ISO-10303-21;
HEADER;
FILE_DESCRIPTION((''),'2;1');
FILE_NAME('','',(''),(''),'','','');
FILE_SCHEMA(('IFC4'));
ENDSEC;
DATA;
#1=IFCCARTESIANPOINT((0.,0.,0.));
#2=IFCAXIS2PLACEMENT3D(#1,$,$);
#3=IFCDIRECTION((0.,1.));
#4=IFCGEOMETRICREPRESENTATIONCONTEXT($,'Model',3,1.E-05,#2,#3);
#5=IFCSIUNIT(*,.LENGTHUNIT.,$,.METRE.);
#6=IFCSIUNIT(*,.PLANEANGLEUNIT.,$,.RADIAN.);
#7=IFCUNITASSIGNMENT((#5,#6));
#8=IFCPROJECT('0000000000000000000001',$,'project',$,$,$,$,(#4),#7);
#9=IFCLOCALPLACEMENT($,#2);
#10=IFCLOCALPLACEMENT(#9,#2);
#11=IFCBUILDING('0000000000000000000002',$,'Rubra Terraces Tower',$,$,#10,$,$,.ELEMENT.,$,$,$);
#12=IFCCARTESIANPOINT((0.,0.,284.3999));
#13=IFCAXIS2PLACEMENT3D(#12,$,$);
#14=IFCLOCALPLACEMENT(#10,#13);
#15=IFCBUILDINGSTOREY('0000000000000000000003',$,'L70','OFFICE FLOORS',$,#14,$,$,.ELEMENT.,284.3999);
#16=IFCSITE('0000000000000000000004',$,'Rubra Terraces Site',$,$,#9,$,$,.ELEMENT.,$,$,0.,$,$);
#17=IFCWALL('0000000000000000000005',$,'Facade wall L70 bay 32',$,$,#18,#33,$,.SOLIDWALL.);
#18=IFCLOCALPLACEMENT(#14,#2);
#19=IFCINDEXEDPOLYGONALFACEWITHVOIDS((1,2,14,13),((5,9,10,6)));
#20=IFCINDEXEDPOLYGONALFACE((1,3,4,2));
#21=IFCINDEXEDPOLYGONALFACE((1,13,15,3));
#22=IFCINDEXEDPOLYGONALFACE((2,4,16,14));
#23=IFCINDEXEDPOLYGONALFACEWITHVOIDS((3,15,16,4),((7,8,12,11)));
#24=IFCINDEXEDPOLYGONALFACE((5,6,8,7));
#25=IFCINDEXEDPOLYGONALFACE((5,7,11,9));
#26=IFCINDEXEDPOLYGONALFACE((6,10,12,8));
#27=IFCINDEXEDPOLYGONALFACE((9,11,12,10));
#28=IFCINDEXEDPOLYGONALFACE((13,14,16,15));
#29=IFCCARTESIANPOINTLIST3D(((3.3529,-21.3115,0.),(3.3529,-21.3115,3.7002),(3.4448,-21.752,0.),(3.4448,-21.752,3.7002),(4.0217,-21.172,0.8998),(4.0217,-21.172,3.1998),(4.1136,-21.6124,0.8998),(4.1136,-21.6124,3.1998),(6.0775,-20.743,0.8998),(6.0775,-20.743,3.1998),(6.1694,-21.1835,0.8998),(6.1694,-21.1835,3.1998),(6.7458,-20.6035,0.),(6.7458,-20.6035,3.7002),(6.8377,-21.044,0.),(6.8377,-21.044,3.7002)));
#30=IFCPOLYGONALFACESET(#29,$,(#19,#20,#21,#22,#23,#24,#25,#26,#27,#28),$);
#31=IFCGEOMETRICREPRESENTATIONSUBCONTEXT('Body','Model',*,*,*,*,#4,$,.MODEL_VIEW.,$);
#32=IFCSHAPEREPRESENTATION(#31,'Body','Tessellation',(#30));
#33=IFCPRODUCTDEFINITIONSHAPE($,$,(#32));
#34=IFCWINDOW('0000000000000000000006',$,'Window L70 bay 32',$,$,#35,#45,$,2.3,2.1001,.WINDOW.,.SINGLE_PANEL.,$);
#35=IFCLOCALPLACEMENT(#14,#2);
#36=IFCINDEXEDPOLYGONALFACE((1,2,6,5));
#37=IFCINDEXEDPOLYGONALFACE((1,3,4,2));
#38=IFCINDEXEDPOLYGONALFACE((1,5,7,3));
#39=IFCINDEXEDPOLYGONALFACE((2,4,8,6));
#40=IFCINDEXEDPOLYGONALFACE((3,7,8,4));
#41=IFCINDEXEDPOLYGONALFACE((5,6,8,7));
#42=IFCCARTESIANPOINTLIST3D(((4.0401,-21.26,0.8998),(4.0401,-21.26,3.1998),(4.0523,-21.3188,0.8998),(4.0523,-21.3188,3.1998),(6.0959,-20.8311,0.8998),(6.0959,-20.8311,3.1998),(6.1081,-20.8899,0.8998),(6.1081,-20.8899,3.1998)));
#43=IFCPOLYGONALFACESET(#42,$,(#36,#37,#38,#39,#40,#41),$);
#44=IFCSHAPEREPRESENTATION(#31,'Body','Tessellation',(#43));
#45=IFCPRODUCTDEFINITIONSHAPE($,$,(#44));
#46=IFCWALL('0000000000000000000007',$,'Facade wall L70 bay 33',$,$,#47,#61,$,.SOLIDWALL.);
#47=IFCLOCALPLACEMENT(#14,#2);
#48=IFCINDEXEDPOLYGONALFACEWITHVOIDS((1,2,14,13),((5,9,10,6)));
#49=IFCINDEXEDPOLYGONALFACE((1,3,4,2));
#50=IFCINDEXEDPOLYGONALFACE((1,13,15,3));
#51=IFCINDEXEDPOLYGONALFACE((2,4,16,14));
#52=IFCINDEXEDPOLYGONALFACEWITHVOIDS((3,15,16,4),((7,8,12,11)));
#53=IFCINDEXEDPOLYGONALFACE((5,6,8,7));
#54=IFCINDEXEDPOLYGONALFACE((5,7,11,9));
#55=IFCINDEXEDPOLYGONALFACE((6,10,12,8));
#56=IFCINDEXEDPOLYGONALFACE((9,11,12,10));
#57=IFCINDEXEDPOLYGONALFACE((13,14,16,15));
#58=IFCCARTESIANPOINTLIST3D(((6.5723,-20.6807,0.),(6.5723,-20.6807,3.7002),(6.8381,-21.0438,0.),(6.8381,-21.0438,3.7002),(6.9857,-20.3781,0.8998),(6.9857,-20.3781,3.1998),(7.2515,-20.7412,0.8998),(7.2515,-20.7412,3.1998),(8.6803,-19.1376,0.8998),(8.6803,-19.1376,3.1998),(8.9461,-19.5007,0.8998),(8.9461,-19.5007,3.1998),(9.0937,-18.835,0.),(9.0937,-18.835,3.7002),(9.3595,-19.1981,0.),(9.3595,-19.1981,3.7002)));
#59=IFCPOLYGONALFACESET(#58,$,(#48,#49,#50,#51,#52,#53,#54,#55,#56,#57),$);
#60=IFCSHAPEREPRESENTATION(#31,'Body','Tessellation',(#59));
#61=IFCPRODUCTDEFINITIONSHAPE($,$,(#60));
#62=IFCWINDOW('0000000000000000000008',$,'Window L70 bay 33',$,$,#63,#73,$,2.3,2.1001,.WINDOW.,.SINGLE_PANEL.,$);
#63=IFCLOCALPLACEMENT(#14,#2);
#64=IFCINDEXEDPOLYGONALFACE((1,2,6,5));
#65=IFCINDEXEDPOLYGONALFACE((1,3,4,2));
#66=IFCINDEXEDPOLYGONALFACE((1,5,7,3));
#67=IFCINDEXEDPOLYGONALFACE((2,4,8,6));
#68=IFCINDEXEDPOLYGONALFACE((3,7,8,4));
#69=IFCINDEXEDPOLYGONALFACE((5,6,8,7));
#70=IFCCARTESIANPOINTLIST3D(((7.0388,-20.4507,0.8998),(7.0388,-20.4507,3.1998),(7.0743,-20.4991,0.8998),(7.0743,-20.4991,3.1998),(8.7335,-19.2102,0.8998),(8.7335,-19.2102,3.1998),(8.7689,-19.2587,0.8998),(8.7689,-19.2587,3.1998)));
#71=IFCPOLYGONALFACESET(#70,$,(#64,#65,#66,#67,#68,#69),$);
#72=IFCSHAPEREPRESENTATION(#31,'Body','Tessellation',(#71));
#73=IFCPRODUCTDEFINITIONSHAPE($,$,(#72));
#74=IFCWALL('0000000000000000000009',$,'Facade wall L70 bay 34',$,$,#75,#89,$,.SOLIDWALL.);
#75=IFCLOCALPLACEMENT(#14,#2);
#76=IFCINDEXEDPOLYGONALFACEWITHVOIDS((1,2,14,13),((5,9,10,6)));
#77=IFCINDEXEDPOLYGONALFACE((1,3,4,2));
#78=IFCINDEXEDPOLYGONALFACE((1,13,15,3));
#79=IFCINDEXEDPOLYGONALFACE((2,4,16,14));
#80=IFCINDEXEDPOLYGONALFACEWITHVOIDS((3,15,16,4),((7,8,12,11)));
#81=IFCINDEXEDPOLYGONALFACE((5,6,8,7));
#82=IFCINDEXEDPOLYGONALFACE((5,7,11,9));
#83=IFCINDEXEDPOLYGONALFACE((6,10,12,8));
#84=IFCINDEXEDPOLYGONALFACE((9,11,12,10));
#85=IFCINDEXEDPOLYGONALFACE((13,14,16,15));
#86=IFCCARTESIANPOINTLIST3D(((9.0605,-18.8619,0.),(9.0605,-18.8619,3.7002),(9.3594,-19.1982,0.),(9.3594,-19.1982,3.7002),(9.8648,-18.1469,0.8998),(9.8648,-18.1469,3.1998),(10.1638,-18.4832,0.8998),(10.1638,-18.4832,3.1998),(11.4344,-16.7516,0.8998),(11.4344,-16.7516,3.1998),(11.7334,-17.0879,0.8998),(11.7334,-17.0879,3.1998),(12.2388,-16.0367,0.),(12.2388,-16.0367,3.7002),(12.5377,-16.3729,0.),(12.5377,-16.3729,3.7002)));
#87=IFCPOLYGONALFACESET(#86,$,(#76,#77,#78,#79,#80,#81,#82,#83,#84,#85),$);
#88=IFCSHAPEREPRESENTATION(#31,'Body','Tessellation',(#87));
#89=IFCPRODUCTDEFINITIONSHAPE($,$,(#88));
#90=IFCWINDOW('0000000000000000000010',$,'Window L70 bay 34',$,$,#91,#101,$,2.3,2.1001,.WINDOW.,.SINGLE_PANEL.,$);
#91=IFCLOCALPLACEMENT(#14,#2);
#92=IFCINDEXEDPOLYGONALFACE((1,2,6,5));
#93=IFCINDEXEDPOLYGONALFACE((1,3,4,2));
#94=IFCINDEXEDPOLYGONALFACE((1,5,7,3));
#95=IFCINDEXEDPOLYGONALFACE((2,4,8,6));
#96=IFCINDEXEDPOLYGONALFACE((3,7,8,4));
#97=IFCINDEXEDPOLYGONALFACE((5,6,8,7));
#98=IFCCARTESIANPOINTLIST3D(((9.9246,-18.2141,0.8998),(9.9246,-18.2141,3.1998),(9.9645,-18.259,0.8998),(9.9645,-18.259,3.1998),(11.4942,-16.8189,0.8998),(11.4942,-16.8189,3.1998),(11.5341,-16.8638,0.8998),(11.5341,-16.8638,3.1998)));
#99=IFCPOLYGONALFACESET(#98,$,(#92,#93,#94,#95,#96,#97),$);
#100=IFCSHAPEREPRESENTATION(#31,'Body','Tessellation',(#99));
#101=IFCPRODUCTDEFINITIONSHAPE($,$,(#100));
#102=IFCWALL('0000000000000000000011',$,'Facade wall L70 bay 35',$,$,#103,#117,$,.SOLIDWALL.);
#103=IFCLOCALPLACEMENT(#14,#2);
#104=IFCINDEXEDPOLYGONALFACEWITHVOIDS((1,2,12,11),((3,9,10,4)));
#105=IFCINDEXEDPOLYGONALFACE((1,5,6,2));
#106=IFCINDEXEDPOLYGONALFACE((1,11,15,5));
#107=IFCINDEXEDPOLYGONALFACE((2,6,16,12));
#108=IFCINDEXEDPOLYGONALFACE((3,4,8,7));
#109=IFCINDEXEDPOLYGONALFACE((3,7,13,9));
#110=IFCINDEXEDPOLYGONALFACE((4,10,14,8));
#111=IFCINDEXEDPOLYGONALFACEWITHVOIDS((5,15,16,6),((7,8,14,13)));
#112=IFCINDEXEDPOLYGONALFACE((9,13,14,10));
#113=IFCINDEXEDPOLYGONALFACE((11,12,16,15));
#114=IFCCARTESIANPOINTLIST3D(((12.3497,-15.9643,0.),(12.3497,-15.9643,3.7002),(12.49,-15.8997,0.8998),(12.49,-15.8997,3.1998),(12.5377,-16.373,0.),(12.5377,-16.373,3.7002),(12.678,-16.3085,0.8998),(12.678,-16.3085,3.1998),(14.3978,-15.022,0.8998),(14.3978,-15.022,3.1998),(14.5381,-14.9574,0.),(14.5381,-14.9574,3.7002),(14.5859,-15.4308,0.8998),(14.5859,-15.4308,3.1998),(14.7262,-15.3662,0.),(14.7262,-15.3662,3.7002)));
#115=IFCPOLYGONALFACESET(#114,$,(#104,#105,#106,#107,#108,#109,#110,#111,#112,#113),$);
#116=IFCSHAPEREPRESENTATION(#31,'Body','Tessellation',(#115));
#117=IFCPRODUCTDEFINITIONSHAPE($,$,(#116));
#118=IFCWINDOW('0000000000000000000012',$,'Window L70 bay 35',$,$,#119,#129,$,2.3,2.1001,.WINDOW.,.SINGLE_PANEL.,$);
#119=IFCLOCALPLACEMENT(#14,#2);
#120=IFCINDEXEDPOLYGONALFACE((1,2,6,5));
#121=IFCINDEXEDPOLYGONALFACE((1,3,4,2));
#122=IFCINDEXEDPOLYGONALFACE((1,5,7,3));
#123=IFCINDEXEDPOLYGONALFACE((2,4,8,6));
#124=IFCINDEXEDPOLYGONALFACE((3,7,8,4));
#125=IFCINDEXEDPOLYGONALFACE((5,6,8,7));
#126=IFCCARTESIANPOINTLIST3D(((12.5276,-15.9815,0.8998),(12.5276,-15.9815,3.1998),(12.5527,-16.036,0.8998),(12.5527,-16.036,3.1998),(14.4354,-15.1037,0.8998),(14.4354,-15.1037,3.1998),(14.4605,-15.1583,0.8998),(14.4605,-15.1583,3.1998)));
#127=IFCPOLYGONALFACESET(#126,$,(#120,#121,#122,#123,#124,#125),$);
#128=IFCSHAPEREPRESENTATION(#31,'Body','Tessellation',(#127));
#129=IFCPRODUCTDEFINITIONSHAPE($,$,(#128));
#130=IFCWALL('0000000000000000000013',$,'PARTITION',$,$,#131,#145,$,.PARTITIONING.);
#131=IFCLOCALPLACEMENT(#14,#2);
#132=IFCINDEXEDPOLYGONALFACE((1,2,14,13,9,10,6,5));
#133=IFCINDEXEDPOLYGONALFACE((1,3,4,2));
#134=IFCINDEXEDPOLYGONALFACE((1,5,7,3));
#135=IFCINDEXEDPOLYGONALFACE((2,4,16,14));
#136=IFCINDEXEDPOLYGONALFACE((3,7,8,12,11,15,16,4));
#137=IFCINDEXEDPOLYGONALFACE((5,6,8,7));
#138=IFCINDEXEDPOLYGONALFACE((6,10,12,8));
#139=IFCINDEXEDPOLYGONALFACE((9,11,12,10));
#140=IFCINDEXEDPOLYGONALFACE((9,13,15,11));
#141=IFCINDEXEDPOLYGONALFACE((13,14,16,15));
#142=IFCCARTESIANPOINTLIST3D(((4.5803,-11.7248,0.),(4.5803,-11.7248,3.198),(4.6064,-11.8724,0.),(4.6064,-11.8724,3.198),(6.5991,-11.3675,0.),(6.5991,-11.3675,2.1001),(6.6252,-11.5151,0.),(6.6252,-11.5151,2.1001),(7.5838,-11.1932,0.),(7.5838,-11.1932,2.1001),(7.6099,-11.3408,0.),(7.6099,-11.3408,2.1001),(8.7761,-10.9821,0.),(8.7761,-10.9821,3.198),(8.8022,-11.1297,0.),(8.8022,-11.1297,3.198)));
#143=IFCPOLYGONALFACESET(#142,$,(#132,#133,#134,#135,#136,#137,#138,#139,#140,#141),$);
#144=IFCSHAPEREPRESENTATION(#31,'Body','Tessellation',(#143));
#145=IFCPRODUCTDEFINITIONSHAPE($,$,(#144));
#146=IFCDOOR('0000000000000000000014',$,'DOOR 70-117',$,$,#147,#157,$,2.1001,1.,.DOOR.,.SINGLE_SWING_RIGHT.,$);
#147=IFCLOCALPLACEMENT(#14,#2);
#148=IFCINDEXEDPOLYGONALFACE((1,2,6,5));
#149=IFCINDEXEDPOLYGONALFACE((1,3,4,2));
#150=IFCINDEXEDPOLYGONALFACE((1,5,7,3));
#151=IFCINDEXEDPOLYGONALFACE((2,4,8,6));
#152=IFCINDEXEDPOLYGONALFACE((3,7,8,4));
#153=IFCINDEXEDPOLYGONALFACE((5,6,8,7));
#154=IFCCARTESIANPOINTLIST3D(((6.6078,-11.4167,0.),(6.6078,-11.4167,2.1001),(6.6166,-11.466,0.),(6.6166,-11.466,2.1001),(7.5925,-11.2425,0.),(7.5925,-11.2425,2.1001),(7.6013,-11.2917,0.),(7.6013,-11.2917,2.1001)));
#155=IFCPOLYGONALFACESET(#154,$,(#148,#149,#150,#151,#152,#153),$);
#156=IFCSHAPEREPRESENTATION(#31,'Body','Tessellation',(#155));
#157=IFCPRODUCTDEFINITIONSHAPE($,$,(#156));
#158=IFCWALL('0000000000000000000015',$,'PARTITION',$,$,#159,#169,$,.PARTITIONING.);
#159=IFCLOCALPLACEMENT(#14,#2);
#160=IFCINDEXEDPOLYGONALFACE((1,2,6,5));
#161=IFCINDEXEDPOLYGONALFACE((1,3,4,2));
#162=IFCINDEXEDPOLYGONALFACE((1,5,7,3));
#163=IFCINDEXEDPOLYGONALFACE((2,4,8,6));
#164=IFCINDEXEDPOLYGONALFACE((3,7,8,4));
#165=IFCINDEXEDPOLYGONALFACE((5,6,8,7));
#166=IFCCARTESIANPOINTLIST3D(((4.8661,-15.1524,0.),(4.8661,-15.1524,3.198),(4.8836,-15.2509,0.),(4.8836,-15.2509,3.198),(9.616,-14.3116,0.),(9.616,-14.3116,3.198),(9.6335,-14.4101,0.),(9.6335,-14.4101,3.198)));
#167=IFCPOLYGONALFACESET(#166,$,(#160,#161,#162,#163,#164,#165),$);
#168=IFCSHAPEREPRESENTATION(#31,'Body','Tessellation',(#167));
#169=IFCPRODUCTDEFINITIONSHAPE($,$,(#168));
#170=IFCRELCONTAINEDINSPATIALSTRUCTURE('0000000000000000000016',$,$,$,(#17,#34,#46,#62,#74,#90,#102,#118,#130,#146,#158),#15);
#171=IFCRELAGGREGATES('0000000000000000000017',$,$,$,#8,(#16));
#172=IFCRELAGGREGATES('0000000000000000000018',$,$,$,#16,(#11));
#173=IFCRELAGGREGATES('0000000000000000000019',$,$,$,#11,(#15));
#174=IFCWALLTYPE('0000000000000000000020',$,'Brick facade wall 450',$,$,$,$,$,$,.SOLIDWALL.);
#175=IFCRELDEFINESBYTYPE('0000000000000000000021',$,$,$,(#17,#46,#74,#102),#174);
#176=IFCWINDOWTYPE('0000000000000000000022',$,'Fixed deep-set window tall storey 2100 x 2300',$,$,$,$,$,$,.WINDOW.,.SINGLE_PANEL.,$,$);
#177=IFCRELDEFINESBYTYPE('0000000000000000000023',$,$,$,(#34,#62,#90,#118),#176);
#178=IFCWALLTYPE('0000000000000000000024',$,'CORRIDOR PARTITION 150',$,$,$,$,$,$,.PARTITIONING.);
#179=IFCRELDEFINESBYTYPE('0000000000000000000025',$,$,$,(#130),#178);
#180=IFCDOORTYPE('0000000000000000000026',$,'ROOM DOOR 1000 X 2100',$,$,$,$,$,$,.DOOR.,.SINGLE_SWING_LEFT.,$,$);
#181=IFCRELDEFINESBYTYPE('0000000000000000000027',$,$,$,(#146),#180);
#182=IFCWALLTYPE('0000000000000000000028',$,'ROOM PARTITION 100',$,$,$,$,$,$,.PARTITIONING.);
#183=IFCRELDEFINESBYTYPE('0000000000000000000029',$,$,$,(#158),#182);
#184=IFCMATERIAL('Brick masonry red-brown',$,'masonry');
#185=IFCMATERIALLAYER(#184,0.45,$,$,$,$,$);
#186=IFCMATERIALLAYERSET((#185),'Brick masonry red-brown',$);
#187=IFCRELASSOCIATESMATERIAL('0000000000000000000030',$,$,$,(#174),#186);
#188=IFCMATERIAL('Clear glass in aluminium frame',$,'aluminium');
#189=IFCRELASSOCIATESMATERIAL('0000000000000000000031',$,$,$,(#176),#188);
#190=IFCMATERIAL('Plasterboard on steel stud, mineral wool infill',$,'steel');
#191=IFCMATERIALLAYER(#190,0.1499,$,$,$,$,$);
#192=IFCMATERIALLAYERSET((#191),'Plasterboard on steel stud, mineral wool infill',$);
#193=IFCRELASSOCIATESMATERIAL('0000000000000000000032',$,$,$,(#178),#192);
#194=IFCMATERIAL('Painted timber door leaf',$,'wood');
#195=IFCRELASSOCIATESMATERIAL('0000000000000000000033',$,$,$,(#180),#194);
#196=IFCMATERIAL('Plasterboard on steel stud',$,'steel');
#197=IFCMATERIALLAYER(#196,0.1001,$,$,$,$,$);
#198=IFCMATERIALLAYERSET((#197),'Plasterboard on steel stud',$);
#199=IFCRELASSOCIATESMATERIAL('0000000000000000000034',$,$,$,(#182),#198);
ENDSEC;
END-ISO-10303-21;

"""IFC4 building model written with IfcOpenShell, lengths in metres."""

from ifc_helpers import new_model, si_unit, direction, frame, frame_2d, origin, place, context, subcontext, project, spatial, rectangle, extrude, material, layer, layer_set, type_object, element, fill, save


model = new_model("IFC4")

# Units and contexts
model_context = context("Model", 3, precision=1e-05, world=origin(), true_north=direction((0.0, 1.0)))
body_context = subcontext(model_context, "Body", "Model", "MODEL_VIEW")
ifc_project = project(units=[si_unit("LENGTHUNIT", "METRE"), si_unit("PLANEANGLEUNIT", "RADIAN")], contexts=[model_context])

# Site, building, storey
site_placement = place(None, origin())
site = spatial("IfcSite", under=ifc_project, at=site_placement, Name="Rubra Terraces Site", CompositionType="ELEMENT", RefElevation=0.0)
building_placement = place(site_placement, origin())
building = spatial("IfcBuilding", under=site, at=building_placement, Name="Rubra Terraces Tower", CompositionType="ELEMENT")
storey_placement = place(building_placement, frame((0.0, 0.0, 284.3999)))
storey = spatial("IfcBuildingStorey", under=building, at=storey_placement, Name="L70", Description="OFFICE FLOORS", CompositionType="ELEMENT", Elevation=284.3999)

# Walls, openings, windows
ifc_material_1 = material(Name="Brick masonry red-brown", Category="masonry")
ifc_layer_1 = layer(ifc_material_1, 0.45)
ifc_layer_set_1 = layer_set([ifc_layer_1], Name="Brick masonry red-brown")
wall_type_1 = type_object("IfcWallType", Name="Brick facade wall 450", PredefinedType="SOLIDWALL", material=ifc_layer_set_1)
wall_1_placement = place(storey_placement, frame((3.3989, -21.5317, 0.0), z_axis=(0.0, 0.0, 1.0), x_axis=(0.978916, 0.204264, 0.0)))
wall_1 = element("IfcWall", 1, at=wall_1_placement, inside=storey, type_object=wall_type_1, Name="Facade wall L70 bay 32", PredefinedType="SOLIDWALL", context=body_context, shape_type="SweptSolid", body=[
    extrude(rectangle(XDim=3.4661, YDim=0.45, at=frame_2d((1.7329, 0.0))), origin(), (0.0, 0.0, 1.0), 3.7002),
])
opening_1_placement = place(wall_1_placement, frame((0.6831, 0.0, 0.8999)))
opening_1 = element("IfcOpeningElement", 2, at=opening_1_placement, cuts=wall_1, PredefinedType="OPENING", context=body_context, shape_type="SweptSolid", body=[
    extrude(rectangle(XDim=2.1001, YDim=2.3, at=frame_2d((1.05, 1.1499))), frame((0.0, 0.2349, 0.0), z_axis=(0.0, -1.0, 0.0), x_axis=(1.0, 0.0, 0.0)), (0.0, 0.0, 1.0), 0.47),
])
ifc_material_2 = material(Name="Clear glass in aluminium frame", Category="aluminium")
window_type = type_object("IfcWindowType", Name="Fixed deep-set window tall storey 2100 x 2300", PartitioningType="SINGLE_PANEL", PredefinedType="WINDOW", material=ifc_material_2)
window_1_placement = place(opening_1_placement, origin())
window_1 = element("IfcWindow", 3, at=window_1_placement, inside=storey, type_object=window_type, Name="Window L70 bay 32", OverallHeight=2.3, OverallWidth=2.1001, PartitioningType="SINGLE_PANEL", PredefinedType="WINDOW", context=body_context, shape_type="SweptSolid", body=[
    extrude(rectangle(XDim=2.1001, YDim=2.3, at=frame_2d((1.05, 1.1499))), frame((0.0, 0.135, 0.0), z_axis=(0.0, -1.0, 0.0), x_axis=(1.0, 0.0, 0.0)), (0.0, 0.0, 1.0), 0.0601),
])
fill(opening_1, window_1)
wall_2_placement = place(storey_placement, frame((6.7051, -20.8623, 0.0), z_axis=(0.0, 0.0, 1.0), x_axis=(0.806921, 0.590659, 0.0)))
wall_2 = element("IfcWall", 4, at=wall_2_placement, inside=storey, type_object=wall_type_1, Name="Facade wall L70 bay 33", PredefinedType="SOLIDWALL", context=body_context, shape_type="SweptSolid", body=[
    extrude(rectangle(XDim=3.1248, YDim=0.45, at=frame_2d((1.5625, 0.0))), origin(), (0.0, 0.0, 1.0), 3.7002),
])
opening_2_placement = place(wall_2_placement, frame((0.5125, 0.0, 0.8999)))
opening_2 = element("IfcOpeningElement", 5, at=opening_2_placement, cuts=wall_2, PredefinedType="OPENING", context=body_context, shape_type="SweptSolid", body=[
    extrude(rectangle(XDim=2.1001, YDim=2.3, at=frame_2d((1.05, 1.1499))), frame((0.0, 0.2349, 0.0), z_axis=(0.0, -1.0, 0.0), x_axis=(1.0, 0.0, 0.0)), (0.0, 0.0, 1.0), 0.47),
])
window_2_placement = place(opening_2_placement, origin())
window_2 = element("IfcWindow", 6, at=window_2_placement, inside=storey, type_object=window_type, Name="Window L70 bay 33", OverallHeight=2.3, OverallWidth=2.1001, PartitioningType="SINGLE_PANEL", PredefinedType="WINDOW", context=body_context, shape_type="SweptSolid", body=[
    extrude(rectangle(XDim=2.1001, YDim=2.3, at=frame_2d((1.05, 1.1499))), frame((0.0, 0.135, 0.0), z_axis=(0.0, -1.0, 0.0), x_axis=(1.0, 0.0, 0.0)), (0.0, 0.0, 1.0), 0.0601),
])
fill(opening_2, window_2)
wall_3_placement = place(storey_placement, frame((9.21, -19.03, 0.0), z_axis=(0.0, 0.0, 1.0), x_axis=(0.747397, 0.664378, 0.0)))
wall_3 = element("IfcWall", 7, at=wall_3_placement, inside=storey, type_object=wall_type_1, Name="Facade wall L70 bay 34", PredefinedType="SOLIDWALL", context=body_context, shape_type="SweptSolid", body=[
    extrude(rectangle(XDim=4.2524, YDim=0.45, at=frame_2d((2.1262, 0.0))), origin(), (0.0, 0.0, 1.0), 3.7002),
])
opening_3_placement = place(wall_3_placement, frame((1.0762, 0.0, 0.8999)))
opening_3 = element("IfcOpeningElement", 8, at=opening_3_placement, cuts=wall_3, PredefinedType="OPENING", context=body_context, shape_type="SweptSolid", body=[
    extrude(rectangle(XDim=2.1001, YDim=2.3, at=frame_2d((1.05, 1.1499))), frame((0.0, 0.2349, 0.0), z_axis=(0.0, -1.0, 0.0), x_axis=(1.0, 0.0, 0.0)), (0.0, 0.0, 1.0), 0.47),
])
window_3_placement = place(opening_3_placement, origin())
window_3 = element("IfcWindow", 9, at=window_3_placement, inside=storey, type_object=window_type, Name="Window L70 bay 34", OverallHeight=2.3, OverallWidth=2.1001, PartitioningType="SINGLE_PANEL", PredefinedType="WINDOW", context=body_context, shape_type="SweptSolid", body=[
    extrude(rectangle(XDim=2.1001, YDim=2.3, at=frame_2d((1.05, 1.1499))), frame((0.0, 0.135, 0.0), z_axis=(0.0, -1.0, 0.0), x_axis=(1.0, 0.0, 0.0)), (0.0, 0.0, 1.0), 0.0601),
])
fill(opening_3, window_3)
wall_4_placement = place(storey_placement, frame((12.4436, -16.1687, 0.0), z_axis=(0.0, 0.0, 1.0), x_axis=(0.908469, 0.417952, 0.0)))
wall_4 = element("IfcWall", 10, at=wall_4_placement, inside=storey, type_object=wall_type_1, Name="Facade wall L70 bay 35", PredefinedType="SOLIDWALL", context=body_context, shape_type="SweptSolid", body=[
    extrude(rectangle(XDim=2.4089, YDim=0.45, at=frame_2d((1.2046, 0.0))), origin(), (0.0, 0.0, 1.0), 3.7002),
])
opening_4_placement = place(wall_4_placement, frame((0.1545, 0.0, 0.8999)))
opening_4 = element("IfcOpeningElement", 11, at=opening_4_placement, cuts=wall_4, PredefinedType="OPENING", context=body_context, shape_type="SweptSolid", body=[
    extrude(rectangle(XDim=2.1001, YDim=2.3, at=frame_2d((1.05, 1.1499))), frame((0.0, 0.2349, 0.0), z_axis=(0.0, -1.0, 0.0), x_axis=(1.0, 0.0, 0.0)), (0.0, 0.0, 1.0), 0.47),
])
window_4_placement = place(opening_4_placement, origin())
window_4 = element("IfcWindow", 12, at=window_4_placement, inside=storey, type_object=window_type, Name="Window L70 bay 35", OverallHeight=2.3, OverallWidth=2.1001, PartitioningType="SINGLE_PANEL", PredefinedType="WINDOW", context=body_context, shape_type="SweptSolid", body=[
    extrude(rectangle(XDim=2.1001, YDim=2.3, at=frame_2d((1.05, 1.1499))), frame((0.0, 0.135, 0.0), z_axis=(0.0, -1.0, 0.0), x_axis=(1.0, 0.0, 0.0)), (0.0, 0.0, 1.0), 0.0601),
])
fill(opening_4, window_4)

# Wall, opening, door
ifc_material_3 = material(Name="Plasterboard on steel stud, mineral wool infill", Category="steel")
ifc_layer_2 = layer(ifc_material_3, 0.1499)
ifc_layer_set_2 = layer_set([ifc_layer_2], Name="Plasterboard on steel stud, mineral wool infill")
wall_type_2 = type_object("IfcWallType", Name="CORRIDOR PARTITION 150", PredefinedType="PARTITIONING", material=ifc_layer_set_2)
wall_5_placement = place(storey_placement, frame((4.5935, -11.7986, 0.0), z_axis=(0.0, 0.0, 1.0), x_axis=(0.984693, 0.174295, 0.0)))
wall_5 = element("IfcWall", 13, at=wall_5_placement, inside=storey, type_object=wall_type_2, Name="PARTITION", PredefinedType="PARTITIONING", context=body_context, shape_type="SweptSolid", body=[
    extrude(rectangle(XDim=4.261, YDim=0.1499, at=frame_2d((2.1304, 0.0))), origin(), (0.0, 0.0, 1.0), 3.198),
])
opening_5_placement = place(wall_5_placement, frame((2.05, 0.0, 0.0)))
opening_5 = element("IfcOpeningElement", 14, at=opening_5_placement, cuts=wall_5, PredefinedType="OPENING", context=body_context, shape_type="SweptSolid", body=[
    extrude(rectangle(XDim=1.0, YDim=2.1001, at=frame_2d((0.5, 1.05))), frame((0.0, 0.085, 0.0), z_axis=(0.0, -1.0, 0.0), x_axis=(1.0, 0.0, 0.0)), (0.0, 0.0, 1.0), 0.1699),
])
ifc_material_4 = material(Name="Painted timber door leaf", Category="wood")
door_type_1 = type_object("IfcDoorType", Name="ROOM DOOR 1000 X 2100", OperationType="SINGLE_SWING_LEFT", PredefinedType="DOOR", material=ifc_material_4)
door_1_placement = place(opening_5_placement, origin())
door_1 = element("IfcDoor", 15, at=door_1_placement, inside=storey, type_object=door_type_1, Name="DOOR 70-117", OperationType="SINGLE_SWING_RIGHT", OverallHeight=2.1001, OverallWidth=1.0, PredefinedType="DOOR", context=body_context, shape_type="SweptSolid", body=[
    extrude(rectangle(XDim=1.0, YDim=2.1001, at=frame_2d((0.5, 1.05))), frame((0.0, 0.0249, 0.0), z_axis=(0.0, -1.0, 0.0), x_axis=(1.0, 0.0, 0.0)), (0.0, 0.0, 1.0), 0.05),
])
fill(opening_5, door_1)

# Wall
ifc_material_5 = material(Name="Plasterboard on steel stud", Category="steel")
ifc_layer_3 = layer(ifc_material_5, 0.1001)
ifc_layer_set_3 = layer_set([ifc_layer_3], Name="Plasterboard on steel stud")
wall_type_3 = type_object("IfcWallType", Name="ROOM PARTITION 100", PredefinedType="PARTITIONING", material=ifc_layer_set_3)
wall_6_placement = place(storey_placement, frame((9.6248, -14.3608, 0.0), z_axis=(0.0, 0.0, 1.0), x_axis=(-0.984692, -0.174305, 0.0)))
element("IfcWall", 16, at=wall_6_placement, inside=storey, type_object=wall_type_3, Name="PARTITION", PredefinedType="PARTITIONING", context=body_context, shape_type="SweptSolid", body=[
    extrude(rectangle(XDim=4.8237, YDim=0.1001, at=frame_2d((2.4119, 0.0))), origin(), (0.0, 0.0, 1.0), 3.198),
])

save(model, "model.ifc")
